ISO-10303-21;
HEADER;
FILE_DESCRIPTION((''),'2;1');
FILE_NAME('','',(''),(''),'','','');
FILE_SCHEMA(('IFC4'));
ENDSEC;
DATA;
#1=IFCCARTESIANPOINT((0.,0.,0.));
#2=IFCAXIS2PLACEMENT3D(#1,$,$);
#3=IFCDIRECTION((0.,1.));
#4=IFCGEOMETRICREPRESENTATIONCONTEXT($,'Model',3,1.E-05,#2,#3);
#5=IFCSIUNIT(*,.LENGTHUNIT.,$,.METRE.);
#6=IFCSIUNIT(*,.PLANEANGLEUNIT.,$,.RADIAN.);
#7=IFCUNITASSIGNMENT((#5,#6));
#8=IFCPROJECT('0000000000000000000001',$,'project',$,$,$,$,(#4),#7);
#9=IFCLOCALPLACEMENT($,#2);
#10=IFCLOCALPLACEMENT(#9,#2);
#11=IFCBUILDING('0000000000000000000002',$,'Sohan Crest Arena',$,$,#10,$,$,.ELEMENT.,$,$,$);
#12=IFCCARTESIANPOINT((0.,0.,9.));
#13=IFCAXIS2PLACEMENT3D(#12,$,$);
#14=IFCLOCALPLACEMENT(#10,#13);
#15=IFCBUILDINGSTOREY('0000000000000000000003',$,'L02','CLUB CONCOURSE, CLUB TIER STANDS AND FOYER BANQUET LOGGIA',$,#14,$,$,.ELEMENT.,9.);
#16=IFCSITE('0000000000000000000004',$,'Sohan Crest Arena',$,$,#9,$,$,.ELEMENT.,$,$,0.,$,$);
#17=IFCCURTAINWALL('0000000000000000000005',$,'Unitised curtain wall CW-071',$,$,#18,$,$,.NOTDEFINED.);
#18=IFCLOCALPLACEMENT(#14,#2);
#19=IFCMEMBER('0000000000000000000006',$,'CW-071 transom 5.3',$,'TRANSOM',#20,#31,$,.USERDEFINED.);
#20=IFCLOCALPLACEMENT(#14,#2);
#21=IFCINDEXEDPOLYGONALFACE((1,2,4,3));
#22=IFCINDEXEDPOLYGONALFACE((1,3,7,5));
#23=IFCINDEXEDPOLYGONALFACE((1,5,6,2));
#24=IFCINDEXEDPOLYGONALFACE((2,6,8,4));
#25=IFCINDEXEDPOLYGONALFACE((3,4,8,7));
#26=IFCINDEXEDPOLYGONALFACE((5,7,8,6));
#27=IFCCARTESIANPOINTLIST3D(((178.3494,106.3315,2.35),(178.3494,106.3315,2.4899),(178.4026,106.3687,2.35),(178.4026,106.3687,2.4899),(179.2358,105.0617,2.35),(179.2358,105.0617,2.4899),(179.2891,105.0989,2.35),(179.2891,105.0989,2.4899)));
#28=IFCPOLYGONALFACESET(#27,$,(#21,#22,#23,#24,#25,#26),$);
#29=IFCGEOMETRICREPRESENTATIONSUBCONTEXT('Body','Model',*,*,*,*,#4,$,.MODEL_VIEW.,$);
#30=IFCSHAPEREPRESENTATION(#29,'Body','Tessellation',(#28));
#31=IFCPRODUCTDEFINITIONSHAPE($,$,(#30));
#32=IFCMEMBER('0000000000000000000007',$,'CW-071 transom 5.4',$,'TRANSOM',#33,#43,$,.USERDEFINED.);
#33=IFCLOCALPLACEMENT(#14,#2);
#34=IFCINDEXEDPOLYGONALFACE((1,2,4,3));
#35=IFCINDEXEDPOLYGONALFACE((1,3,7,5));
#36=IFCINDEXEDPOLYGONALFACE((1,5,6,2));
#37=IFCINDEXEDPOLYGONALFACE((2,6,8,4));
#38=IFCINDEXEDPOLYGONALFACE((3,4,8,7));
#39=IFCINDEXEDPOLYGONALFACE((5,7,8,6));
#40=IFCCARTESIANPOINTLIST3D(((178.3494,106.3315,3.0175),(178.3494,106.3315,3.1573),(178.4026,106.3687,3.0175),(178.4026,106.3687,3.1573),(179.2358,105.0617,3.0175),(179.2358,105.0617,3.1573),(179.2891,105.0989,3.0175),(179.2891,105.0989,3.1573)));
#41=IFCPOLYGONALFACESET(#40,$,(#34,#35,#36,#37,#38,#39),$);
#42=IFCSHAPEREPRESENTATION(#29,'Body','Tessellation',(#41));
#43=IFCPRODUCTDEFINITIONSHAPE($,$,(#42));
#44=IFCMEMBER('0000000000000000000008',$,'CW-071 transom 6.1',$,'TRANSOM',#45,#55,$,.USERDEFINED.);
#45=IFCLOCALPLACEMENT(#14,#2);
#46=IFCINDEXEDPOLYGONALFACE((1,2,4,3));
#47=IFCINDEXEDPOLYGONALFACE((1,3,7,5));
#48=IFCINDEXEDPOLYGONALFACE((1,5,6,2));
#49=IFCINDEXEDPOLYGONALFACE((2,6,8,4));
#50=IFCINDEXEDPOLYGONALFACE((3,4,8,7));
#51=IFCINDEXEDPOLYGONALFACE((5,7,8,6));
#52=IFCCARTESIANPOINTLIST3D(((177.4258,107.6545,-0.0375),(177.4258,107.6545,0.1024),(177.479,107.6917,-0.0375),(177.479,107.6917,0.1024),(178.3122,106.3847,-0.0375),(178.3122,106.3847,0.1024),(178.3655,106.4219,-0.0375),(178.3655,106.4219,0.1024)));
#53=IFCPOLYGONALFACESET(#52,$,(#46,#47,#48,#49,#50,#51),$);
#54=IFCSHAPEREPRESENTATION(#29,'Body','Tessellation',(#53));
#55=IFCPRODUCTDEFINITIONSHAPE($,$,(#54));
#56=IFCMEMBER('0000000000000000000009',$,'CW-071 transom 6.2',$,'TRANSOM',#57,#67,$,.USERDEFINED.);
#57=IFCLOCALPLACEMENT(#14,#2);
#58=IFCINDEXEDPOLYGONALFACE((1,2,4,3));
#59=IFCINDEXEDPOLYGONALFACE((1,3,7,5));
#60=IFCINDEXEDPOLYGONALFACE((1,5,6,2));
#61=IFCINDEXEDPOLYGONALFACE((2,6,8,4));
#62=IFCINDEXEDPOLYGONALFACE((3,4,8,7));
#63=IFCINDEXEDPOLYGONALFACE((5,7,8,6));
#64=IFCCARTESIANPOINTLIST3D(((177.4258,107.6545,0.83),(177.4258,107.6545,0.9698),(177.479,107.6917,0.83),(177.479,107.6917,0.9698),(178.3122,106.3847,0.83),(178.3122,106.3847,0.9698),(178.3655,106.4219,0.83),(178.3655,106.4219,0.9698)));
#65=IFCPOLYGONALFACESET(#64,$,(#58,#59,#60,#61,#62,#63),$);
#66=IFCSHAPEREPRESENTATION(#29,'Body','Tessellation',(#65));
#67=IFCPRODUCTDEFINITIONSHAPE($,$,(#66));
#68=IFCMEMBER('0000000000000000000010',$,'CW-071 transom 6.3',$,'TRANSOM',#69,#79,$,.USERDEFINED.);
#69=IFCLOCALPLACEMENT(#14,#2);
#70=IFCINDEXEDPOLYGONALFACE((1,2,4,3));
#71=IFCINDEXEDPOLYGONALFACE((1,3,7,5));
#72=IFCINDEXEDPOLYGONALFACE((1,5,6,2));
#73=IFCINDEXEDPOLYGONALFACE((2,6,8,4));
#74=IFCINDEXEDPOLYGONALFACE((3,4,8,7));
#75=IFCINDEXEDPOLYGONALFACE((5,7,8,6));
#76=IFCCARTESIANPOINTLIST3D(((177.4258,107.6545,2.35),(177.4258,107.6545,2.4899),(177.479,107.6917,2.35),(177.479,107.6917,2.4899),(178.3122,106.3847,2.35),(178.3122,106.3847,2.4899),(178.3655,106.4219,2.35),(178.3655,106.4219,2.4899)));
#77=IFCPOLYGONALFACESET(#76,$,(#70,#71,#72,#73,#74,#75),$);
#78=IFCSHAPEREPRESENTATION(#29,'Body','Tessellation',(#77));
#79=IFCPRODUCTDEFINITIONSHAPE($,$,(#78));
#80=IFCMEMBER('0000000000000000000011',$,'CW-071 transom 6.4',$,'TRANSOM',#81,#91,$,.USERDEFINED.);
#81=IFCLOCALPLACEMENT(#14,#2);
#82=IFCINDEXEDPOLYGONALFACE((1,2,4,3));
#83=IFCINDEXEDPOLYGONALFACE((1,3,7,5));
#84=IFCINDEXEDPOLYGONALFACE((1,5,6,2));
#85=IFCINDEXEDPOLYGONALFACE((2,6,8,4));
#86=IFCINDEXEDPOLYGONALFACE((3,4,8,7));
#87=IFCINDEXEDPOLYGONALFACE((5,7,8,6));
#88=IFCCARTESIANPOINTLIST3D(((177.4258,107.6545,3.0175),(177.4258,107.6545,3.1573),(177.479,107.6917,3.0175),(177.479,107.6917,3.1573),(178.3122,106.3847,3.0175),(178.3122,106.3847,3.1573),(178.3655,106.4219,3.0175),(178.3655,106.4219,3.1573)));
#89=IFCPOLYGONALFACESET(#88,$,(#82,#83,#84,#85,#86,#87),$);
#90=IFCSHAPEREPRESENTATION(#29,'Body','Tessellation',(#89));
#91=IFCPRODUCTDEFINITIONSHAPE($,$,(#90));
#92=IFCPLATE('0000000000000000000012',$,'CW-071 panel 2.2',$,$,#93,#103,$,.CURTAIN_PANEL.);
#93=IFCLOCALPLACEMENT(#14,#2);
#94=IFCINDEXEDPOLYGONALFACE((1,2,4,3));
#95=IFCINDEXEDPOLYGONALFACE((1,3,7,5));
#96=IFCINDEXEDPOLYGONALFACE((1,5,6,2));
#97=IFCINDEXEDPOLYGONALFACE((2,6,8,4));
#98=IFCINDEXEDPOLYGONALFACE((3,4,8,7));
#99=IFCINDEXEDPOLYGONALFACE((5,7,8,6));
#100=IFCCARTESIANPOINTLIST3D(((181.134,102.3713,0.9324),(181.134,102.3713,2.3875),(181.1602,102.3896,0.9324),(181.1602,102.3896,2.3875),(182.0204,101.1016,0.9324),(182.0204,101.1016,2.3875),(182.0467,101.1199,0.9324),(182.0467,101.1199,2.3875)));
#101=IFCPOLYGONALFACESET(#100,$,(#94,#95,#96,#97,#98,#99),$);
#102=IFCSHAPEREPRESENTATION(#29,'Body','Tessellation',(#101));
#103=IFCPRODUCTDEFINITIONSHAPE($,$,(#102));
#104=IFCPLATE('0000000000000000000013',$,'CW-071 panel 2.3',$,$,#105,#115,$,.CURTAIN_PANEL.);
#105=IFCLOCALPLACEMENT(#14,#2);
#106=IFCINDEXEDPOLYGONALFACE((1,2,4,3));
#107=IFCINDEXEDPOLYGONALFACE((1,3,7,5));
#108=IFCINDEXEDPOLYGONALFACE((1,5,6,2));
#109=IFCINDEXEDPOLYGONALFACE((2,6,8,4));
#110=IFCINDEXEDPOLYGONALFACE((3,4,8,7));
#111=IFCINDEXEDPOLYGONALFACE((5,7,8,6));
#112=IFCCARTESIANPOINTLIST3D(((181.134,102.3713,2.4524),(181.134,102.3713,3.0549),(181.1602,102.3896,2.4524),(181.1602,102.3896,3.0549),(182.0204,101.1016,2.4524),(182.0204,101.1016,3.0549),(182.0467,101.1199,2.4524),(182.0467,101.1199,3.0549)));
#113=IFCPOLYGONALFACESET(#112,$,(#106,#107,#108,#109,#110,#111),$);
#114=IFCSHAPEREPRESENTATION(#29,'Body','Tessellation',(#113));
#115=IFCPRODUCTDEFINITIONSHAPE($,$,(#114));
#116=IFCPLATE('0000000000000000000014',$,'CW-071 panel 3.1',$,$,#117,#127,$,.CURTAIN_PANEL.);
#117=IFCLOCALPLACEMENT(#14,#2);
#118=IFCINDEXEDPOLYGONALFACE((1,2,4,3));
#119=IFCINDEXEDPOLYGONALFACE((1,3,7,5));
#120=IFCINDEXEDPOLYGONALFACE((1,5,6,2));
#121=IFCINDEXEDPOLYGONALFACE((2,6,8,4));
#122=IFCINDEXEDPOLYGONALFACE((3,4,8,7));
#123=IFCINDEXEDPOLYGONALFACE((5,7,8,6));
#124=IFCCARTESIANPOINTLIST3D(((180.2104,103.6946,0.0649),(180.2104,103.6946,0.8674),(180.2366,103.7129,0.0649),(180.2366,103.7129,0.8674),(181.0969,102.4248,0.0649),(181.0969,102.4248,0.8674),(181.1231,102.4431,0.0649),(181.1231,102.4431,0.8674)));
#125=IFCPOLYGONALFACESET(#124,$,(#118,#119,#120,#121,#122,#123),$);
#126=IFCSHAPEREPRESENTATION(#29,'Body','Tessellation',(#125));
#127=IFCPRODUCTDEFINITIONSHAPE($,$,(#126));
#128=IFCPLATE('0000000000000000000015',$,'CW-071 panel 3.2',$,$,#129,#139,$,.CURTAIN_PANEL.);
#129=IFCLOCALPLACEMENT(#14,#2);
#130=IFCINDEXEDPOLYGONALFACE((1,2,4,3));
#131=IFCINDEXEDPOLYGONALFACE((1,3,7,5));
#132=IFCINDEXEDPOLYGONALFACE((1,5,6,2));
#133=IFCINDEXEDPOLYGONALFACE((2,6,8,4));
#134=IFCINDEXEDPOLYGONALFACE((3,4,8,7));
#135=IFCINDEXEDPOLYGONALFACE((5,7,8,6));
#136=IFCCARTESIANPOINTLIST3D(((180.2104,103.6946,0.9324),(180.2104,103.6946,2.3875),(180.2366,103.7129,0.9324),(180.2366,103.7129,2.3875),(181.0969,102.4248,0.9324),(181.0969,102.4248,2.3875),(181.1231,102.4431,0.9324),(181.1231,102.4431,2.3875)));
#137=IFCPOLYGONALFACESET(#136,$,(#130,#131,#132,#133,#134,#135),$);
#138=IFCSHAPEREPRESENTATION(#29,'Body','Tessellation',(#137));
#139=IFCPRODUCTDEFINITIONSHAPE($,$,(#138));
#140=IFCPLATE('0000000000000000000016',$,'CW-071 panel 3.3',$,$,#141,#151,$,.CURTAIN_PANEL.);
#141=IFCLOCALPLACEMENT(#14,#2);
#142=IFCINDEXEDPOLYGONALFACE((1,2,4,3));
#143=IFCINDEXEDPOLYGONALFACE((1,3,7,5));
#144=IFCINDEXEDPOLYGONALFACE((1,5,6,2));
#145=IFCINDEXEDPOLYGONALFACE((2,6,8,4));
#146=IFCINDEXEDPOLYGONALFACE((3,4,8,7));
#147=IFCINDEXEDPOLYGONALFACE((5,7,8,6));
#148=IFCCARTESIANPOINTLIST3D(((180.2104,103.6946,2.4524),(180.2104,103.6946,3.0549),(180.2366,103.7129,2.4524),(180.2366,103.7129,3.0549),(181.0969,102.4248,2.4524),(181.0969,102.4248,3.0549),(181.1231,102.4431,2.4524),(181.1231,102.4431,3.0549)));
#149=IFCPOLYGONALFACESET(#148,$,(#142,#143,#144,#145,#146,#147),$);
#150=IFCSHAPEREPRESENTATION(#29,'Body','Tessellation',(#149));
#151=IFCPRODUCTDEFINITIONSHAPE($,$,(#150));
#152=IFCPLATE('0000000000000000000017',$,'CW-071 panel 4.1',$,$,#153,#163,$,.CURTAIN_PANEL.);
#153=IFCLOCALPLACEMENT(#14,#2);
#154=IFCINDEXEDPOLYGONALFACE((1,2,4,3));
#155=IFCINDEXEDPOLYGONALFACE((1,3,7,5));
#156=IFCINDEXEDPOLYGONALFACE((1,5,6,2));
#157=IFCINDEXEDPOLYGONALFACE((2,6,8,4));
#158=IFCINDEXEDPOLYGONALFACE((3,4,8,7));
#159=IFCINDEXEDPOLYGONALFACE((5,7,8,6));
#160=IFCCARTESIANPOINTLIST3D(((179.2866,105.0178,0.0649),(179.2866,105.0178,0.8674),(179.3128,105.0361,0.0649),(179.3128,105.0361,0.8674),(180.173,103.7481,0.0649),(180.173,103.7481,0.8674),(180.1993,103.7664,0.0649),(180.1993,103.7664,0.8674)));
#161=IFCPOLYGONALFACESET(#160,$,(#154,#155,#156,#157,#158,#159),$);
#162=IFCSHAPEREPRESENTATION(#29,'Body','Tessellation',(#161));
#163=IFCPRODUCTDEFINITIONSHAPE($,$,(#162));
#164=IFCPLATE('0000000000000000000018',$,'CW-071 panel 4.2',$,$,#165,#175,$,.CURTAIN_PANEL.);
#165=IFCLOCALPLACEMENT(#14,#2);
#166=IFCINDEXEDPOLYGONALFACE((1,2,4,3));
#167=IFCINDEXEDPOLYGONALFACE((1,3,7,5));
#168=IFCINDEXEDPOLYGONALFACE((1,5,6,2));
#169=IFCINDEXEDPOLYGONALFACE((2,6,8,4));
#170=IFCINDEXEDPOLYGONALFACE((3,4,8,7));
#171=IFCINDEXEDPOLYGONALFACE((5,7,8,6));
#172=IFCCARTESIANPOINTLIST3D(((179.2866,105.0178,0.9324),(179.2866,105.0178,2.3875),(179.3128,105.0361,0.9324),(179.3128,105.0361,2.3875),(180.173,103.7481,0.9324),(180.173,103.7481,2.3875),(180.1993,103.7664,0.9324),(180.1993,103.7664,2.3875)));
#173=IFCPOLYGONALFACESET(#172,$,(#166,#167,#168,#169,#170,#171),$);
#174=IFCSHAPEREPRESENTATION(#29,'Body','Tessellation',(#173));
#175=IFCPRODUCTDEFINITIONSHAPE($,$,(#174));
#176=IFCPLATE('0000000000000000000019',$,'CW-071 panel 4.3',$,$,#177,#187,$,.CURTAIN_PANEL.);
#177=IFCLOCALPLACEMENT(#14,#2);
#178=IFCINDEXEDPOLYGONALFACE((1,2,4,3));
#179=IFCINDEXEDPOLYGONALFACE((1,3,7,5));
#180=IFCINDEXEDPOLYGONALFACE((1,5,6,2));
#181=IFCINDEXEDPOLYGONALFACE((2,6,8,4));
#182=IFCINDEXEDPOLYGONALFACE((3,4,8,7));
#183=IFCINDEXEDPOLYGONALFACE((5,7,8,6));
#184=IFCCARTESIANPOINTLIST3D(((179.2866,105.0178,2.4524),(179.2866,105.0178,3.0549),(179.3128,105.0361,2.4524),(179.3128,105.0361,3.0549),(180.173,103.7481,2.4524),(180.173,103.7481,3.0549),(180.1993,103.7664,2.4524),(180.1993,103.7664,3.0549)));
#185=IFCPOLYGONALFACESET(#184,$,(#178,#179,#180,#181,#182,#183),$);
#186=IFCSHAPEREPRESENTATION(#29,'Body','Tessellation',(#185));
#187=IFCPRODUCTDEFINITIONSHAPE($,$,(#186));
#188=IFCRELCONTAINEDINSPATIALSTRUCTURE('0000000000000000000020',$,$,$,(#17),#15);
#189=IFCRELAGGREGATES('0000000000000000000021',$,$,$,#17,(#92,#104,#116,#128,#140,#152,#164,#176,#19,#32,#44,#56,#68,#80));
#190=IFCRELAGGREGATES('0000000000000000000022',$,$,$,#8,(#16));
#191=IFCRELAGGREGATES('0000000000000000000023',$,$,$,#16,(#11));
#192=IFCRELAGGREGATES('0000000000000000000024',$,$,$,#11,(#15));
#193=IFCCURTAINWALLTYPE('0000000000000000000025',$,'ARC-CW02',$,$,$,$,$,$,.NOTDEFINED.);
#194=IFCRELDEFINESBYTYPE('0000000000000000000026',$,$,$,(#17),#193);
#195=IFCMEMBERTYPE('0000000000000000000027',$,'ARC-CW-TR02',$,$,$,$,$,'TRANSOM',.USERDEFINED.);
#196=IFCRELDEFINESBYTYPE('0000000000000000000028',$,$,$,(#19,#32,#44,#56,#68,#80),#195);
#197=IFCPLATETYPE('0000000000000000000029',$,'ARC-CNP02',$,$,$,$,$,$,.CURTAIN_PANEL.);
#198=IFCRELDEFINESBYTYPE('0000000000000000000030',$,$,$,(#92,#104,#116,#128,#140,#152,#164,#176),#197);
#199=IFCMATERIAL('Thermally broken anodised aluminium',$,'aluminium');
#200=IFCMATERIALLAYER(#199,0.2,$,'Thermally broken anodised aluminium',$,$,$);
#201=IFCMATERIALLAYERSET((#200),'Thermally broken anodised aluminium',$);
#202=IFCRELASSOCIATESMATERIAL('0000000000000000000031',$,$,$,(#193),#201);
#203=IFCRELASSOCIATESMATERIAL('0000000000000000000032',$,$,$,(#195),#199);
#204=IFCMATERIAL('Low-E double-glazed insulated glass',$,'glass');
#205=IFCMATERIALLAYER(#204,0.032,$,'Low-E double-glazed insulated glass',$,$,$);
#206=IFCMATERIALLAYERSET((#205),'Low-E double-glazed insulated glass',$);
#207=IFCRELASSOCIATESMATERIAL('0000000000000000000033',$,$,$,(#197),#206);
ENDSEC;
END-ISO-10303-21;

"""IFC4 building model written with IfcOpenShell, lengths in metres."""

from ifc_helpers import new_model, si_unit, direction, frame, origin, origin_2d, place, context, subcontext, project, spatial, rectangle, extrude, material, layer, layer_set, material_profile, profile_set, type_object, element, aggregate, save


model = new_model("IFC4")

# Units and contexts
model_context = context("Model", 3, precision=1e-05, world=origin(), true_north=direction((0.0, 1.0)))
body_context = subcontext(model_context, "Body", "Model", "MODEL_VIEW")
ifc_project = project(units=[si_unit("LENGTHUNIT", "METRE"), si_unit("PLANEANGLEUNIT", "RADIAN")], contexts=[model_context])

# Site, building, storey
site_placement = place(None, origin())
site = spatial("IfcSite", under=ifc_project, at=site_placement, Name="Sohan Crest Arena", CompositionType="ELEMENT", RefElevation=0.0)
building_placement = place(site_placement, origin())
building = spatial("IfcBuilding", under=site, at=building_placement, Name="Sohan Crest Arena", CompositionType="ELEMENT")
storey_placement = place(building_placement, frame((0.0, 0.0, 9.0)))
storey = spatial("IfcBuildingStorey", under=building, at=storey_placement, Name="L02", Description="CLUB CONCOURSE, CLUB TIER STANDS AND FOYER BANQUET LOGGIA", CompositionType="ELEMENT", Elevation=9.0)

# Curtain wall, members, plates
ifc_material_1 = material(Name="Thermally broken anodised aluminium", Category="aluminium")
ifc_layer_1 = layer(ifc_material_1, 0.2, Name="Thermally broken anodised aluminium")
ifc_layer_set_1 = layer_set([ifc_layer_1], Name="Thermally broken anodised aluminium")
curtain_wall_type = type_object("IfcCurtainWallType", Name="ARC-CW02", PredefinedType="NOTDEFINED", material=ifc_layer_set_1)
curtain_wall_placement = place(storey_placement, origin())
curtain_wall = element("IfcCurtainWall", 1, at=curtain_wall_placement, inside=storey, type_object=curtain_wall_type, Name="Unitised curtain wall CW-071", PredefinedType="NOTDEFINED")
ifc_material_profile_1 = material_profile(ifc_material_1, rectangle(XDim=0.0649, YDim=0.1399, at=origin_2d()), Name="ALU-TRAN 65x140")
ifc_profile_set_1 = profile_set([ifc_material_profile_1], Name="Thermally broken anodised aluminium")
member_type_1 = type_object("IfcMemberType", Name="ARC-CW-TR02", ElementType="TRANSOM", PredefinedType="USERDEFINED", material=ifc_profile_set_1)
member_1_placement = place(storey_placement, frame((179.2625, 105.0803, 2.4199), z_axis=(-0.572436, 0.81995, 0.0), x_axis=(-0.81995, -0.572436, 0.0)))
member_1 = element("IfcMember", 2, at=member_1_placement, type_object=member_type_1, Name="CW-071 transom 5.3", ObjectType="TRANSOM", PredefinedType="USERDEFINED", context=body_context, shape_type="SweptSolid", body=[
    extrude(rectangle(XDim=0.0649, YDim=0.1399, at=origin_2d()), origin(), (0.0, 0.0, 1.0), 1.5486),
])
member_2_placement = place(storey_placement, frame((179.2625, 105.0803, 3.0874), z_axis=(-0.572436, 0.81995, 0.0), x_axis=(-0.81995, -0.572436, 0.0)))
member_2 = element("IfcMember", 3, at=member_2_placement, type_object=member_type_1, Name="CW-071 transom 5.4", ObjectType="TRANSOM", PredefinedType="USERDEFINED", context=body_context, shape_type="SweptSolid", body=[
    extrude(rectangle(XDim=0.0649, YDim=0.1399, at=origin_2d()), origin(), (0.0, 0.0, 1.0), 1.5486),
])
member_3_placement = place(storey_placement, frame((178.3389, 106.4033, 0.0325), z_axis=(-0.572436, 0.81995, 0.0), x_axis=(-0.81995, -0.572436, 0.0)))
member_3 = element("IfcMember", 4, at=member_3_placement, type_object=member_type_1, Name="CW-071 transom 6.1", ObjectType="TRANSOM", PredefinedType="USERDEFINED", context=body_context, shape_type="SweptSolid", body=[
    extrude(rectangle(XDim=0.0649, YDim=0.1399, at=origin_2d()), origin(), (0.0, 0.0, 1.0), 1.5486),
])
member_4_placement = place(storey_placement, frame((178.3389, 106.4033, 0.8999), z_axis=(-0.572436, 0.81995, 0.0), x_axis=(-0.81995, -0.572436, 0.0)))
member_4 = element("IfcMember", 5, at=member_4_placement, type_object=member_type_1, Name="CW-071 transom 6.2", ObjectType="TRANSOM", PredefinedType="USERDEFINED", context=body_context, shape_type="SweptSolid", body=[
    extrude(rectangle(XDim=0.0649, YDim=0.1399, at=origin_2d()), origin(), (0.0, 0.0, 1.0), 1.5486),
])
member_5_placement = place(storey_placement, frame((178.3389, 106.4033, 2.4199), z_axis=(-0.572436, 0.81995, 0.0), x_axis=(-0.81995, -0.572436, 0.0)))
member_5 = element("IfcMember", 6, at=member_5_placement, type_object=member_type_1, Name="CW-071 transom 6.3", ObjectType="TRANSOM", PredefinedType="USERDEFINED", context=body_context, shape_type="SweptSolid", body=[
    extrude(rectangle(XDim=0.0649, YDim=0.1399, at=origin_2d()), origin(), (0.0, 0.0, 1.0), 1.5486),
])
member_6_placement = place(storey_placement, frame((178.3389, 106.4033, 3.0874), z_axis=(-0.572436, 0.81995, 0.0), x_axis=(-0.81995, -0.572436, 0.0)))
member_6 = element("IfcMember", 7, at=member_6_placement, type_object=member_type_1, Name="CW-071 transom 6.4", ObjectType="TRANSOM", PredefinedType="USERDEFINED", context=body_context, shape_type="SweptSolid", body=[
    extrude(rectangle(XDim=0.0649, YDim=0.1399, at=origin_2d()), origin(), (0.0, 0.0, 1.0), 1.5486),
])
ifc_material_2 = material(Name="Low-E double-glazed insulated glass", Category="glass")
ifc_layer_2 = layer(ifc_material_2, 0.032, Name="Low-E double-glazed insulated glass")
ifc_layer_set_2 = layer_set([ifc_layer_2], Name="Low-E double-glazed insulated glass")
plate_type = type_object("IfcPlateType", Name="ARC-CNP02", PredefinedType="CURTAIN_PANEL", material=ifc_layer_set_2)
plate_1_placement = place(storey_placement, frame((181.5903, 101.7456, 0.9324), z_axis=(0.0, 0.0, 1.0), x_axis=(-0.572428, 0.819955, 0.0)))
plate_1 = element("IfcPlate", 8, at=plate_1_placement, type_object=plate_type, Name="CW-071 panel 2.2", PredefinedType="CURTAIN_PANEL", context=body_context, shape_type="SweptSolid", body=[
    extrude(rectangle(XDim=1.5486, YDim=0.032, at=origin_2d()), origin(), (0.0, 0.0, 1.0), 1.4551),
])
plate_2_placement = place(storey_placement, frame((181.5903, 101.7456, 2.4524), z_axis=(0.0, 0.0, 1.0), x_axis=(-0.572428, 0.819955, 0.0)))
plate_2 = element("IfcPlate", 9, at=plate_2_placement, type_object=plate_type, Name="CW-071 panel 2.3", PredefinedType="CURTAIN_PANEL", context=body_context, shape_type="SweptSolid", body=[
    extrude(rectangle(XDim=1.5486, YDim=0.032, at=origin_2d()), origin(), (0.0, 0.0, 1.0), 0.6025),
])
plate_3_placement = place(storey_placement, frame((180.6667, 103.0688, 0.0649), z_axis=(0.0, 0.0, 1.0), x_axis=(-0.572428, 0.819955, 0.0)))
plate_3 = element("IfcPlate", 10, at=plate_3_placement, type_object=plate_type, Name="CW-071 panel 3.1", PredefinedType="CURTAIN_PANEL", context=body_context, shape_type="SweptSolid", body=[
    extrude(rectangle(XDim=1.5486, YDim=0.032, at=origin_2d()), origin(), (0.0, 0.0, 1.0), 0.8025),
])
plate_4_placement = place(storey_placement, frame((180.6667, 103.0688, 0.9324), z_axis=(0.0, 0.0, 1.0), x_axis=(-0.572428, 0.819955, 0.0)))
plate_4 = element("IfcPlate", 11, at=plate_4_placement, type_object=plate_type, Name="CW-071 panel 3.2", PredefinedType="CURTAIN_PANEL", context=body_context, shape_type="SweptSolid", body=[
    extrude(rectangle(XDim=1.5486, YDim=0.032, at=origin_2d()), origin(), (0.0, 0.0, 1.0), 1.4551),
])
plate_5_placement = place(storey_placement, frame((180.6667, 103.0688, 2.4524), z_axis=(0.0, 0.0, 1.0), x_axis=(-0.572428, 0.819955, 0.0)))
plate_5 = element("IfcPlate", 12, at=plate_5_placement, type_object=plate_type, Name="CW-071 panel 3.3", PredefinedType="CURTAIN_PANEL", context=body_context, shape_type="SweptSolid", body=[
    extrude(rectangle(XDim=1.5486, YDim=0.032, at=origin_2d()), origin(), (0.0, 0.0, 1.0), 0.6025),
])
plate_6_placement = place(storey_placement, frame((179.7429, 104.3921, 0.0649), z_axis=(0.0, 0.0, 1.0), x_axis=(-0.572428, 0.819955, 0.0)))
plate_6 = element("IfcPlate", 13, at=plate_6_placement, type_object=plate_type, Name="CW-071 panel 4.1", PredefinedType="CURTAIN_PANEL", context=body_context, shape_type="SweptSolid", body=[
    extrude(rectangle(XDim=1.5486, YDim=0.032, at=origin_2d()), origin(), (0.0, 0.0, 1.0), 0.8025),
])
plate_7_placement = place(storey_placement, frame((179.7429, 104.3921, 0.9324), z_axis=(0.0, 0.0, 1.0), x_axis=(-0.572428, 0.819955, 0.0)))
plate_7 = element("IfcPlate", 14, at=plate_7_placement, type_object=plate_type, Name="CW-071 panel 4.2", PredefinedType="CURTAIN_PANEL", context=body_context, shape_type="SweptSolid", body=[
    extrude(rectangle(XDim=1.5486, YDim=0.032, at=origin_2d()), origin(), (0.0, 0.0, 1.0), 1.4551),
])
plate_8_placement = place(storey_placement, frame((179.7429, 104.3921, 2.4524), z_axis=(0.0, 0.0, 1.0), x_axis=(-0.572428, 0.819955, 0.0)))
plate_8 = element("IfcPlate", 15, at=plate_8_placement, type_object=plate_type, Name="CW-071 panel 4.3", PredefinedType="CURTAIN_PANEL", context=body_context, shape_type="SweptSolid", body=[
    extrude(rectangle(XDim=1.5486, YDim=0.032, at=origin_2d()), origin(), (0.0, 0.0, 1.0), 0.6025),
])
aggregate(curtain_wall, [plate_1, plate_2, plate_3, plate_4, plate_5, plate_6, plate_7, plate_8, member_1, member_2, member_3, member_4, member_5, member_6])

save(model, "model.ifc")
